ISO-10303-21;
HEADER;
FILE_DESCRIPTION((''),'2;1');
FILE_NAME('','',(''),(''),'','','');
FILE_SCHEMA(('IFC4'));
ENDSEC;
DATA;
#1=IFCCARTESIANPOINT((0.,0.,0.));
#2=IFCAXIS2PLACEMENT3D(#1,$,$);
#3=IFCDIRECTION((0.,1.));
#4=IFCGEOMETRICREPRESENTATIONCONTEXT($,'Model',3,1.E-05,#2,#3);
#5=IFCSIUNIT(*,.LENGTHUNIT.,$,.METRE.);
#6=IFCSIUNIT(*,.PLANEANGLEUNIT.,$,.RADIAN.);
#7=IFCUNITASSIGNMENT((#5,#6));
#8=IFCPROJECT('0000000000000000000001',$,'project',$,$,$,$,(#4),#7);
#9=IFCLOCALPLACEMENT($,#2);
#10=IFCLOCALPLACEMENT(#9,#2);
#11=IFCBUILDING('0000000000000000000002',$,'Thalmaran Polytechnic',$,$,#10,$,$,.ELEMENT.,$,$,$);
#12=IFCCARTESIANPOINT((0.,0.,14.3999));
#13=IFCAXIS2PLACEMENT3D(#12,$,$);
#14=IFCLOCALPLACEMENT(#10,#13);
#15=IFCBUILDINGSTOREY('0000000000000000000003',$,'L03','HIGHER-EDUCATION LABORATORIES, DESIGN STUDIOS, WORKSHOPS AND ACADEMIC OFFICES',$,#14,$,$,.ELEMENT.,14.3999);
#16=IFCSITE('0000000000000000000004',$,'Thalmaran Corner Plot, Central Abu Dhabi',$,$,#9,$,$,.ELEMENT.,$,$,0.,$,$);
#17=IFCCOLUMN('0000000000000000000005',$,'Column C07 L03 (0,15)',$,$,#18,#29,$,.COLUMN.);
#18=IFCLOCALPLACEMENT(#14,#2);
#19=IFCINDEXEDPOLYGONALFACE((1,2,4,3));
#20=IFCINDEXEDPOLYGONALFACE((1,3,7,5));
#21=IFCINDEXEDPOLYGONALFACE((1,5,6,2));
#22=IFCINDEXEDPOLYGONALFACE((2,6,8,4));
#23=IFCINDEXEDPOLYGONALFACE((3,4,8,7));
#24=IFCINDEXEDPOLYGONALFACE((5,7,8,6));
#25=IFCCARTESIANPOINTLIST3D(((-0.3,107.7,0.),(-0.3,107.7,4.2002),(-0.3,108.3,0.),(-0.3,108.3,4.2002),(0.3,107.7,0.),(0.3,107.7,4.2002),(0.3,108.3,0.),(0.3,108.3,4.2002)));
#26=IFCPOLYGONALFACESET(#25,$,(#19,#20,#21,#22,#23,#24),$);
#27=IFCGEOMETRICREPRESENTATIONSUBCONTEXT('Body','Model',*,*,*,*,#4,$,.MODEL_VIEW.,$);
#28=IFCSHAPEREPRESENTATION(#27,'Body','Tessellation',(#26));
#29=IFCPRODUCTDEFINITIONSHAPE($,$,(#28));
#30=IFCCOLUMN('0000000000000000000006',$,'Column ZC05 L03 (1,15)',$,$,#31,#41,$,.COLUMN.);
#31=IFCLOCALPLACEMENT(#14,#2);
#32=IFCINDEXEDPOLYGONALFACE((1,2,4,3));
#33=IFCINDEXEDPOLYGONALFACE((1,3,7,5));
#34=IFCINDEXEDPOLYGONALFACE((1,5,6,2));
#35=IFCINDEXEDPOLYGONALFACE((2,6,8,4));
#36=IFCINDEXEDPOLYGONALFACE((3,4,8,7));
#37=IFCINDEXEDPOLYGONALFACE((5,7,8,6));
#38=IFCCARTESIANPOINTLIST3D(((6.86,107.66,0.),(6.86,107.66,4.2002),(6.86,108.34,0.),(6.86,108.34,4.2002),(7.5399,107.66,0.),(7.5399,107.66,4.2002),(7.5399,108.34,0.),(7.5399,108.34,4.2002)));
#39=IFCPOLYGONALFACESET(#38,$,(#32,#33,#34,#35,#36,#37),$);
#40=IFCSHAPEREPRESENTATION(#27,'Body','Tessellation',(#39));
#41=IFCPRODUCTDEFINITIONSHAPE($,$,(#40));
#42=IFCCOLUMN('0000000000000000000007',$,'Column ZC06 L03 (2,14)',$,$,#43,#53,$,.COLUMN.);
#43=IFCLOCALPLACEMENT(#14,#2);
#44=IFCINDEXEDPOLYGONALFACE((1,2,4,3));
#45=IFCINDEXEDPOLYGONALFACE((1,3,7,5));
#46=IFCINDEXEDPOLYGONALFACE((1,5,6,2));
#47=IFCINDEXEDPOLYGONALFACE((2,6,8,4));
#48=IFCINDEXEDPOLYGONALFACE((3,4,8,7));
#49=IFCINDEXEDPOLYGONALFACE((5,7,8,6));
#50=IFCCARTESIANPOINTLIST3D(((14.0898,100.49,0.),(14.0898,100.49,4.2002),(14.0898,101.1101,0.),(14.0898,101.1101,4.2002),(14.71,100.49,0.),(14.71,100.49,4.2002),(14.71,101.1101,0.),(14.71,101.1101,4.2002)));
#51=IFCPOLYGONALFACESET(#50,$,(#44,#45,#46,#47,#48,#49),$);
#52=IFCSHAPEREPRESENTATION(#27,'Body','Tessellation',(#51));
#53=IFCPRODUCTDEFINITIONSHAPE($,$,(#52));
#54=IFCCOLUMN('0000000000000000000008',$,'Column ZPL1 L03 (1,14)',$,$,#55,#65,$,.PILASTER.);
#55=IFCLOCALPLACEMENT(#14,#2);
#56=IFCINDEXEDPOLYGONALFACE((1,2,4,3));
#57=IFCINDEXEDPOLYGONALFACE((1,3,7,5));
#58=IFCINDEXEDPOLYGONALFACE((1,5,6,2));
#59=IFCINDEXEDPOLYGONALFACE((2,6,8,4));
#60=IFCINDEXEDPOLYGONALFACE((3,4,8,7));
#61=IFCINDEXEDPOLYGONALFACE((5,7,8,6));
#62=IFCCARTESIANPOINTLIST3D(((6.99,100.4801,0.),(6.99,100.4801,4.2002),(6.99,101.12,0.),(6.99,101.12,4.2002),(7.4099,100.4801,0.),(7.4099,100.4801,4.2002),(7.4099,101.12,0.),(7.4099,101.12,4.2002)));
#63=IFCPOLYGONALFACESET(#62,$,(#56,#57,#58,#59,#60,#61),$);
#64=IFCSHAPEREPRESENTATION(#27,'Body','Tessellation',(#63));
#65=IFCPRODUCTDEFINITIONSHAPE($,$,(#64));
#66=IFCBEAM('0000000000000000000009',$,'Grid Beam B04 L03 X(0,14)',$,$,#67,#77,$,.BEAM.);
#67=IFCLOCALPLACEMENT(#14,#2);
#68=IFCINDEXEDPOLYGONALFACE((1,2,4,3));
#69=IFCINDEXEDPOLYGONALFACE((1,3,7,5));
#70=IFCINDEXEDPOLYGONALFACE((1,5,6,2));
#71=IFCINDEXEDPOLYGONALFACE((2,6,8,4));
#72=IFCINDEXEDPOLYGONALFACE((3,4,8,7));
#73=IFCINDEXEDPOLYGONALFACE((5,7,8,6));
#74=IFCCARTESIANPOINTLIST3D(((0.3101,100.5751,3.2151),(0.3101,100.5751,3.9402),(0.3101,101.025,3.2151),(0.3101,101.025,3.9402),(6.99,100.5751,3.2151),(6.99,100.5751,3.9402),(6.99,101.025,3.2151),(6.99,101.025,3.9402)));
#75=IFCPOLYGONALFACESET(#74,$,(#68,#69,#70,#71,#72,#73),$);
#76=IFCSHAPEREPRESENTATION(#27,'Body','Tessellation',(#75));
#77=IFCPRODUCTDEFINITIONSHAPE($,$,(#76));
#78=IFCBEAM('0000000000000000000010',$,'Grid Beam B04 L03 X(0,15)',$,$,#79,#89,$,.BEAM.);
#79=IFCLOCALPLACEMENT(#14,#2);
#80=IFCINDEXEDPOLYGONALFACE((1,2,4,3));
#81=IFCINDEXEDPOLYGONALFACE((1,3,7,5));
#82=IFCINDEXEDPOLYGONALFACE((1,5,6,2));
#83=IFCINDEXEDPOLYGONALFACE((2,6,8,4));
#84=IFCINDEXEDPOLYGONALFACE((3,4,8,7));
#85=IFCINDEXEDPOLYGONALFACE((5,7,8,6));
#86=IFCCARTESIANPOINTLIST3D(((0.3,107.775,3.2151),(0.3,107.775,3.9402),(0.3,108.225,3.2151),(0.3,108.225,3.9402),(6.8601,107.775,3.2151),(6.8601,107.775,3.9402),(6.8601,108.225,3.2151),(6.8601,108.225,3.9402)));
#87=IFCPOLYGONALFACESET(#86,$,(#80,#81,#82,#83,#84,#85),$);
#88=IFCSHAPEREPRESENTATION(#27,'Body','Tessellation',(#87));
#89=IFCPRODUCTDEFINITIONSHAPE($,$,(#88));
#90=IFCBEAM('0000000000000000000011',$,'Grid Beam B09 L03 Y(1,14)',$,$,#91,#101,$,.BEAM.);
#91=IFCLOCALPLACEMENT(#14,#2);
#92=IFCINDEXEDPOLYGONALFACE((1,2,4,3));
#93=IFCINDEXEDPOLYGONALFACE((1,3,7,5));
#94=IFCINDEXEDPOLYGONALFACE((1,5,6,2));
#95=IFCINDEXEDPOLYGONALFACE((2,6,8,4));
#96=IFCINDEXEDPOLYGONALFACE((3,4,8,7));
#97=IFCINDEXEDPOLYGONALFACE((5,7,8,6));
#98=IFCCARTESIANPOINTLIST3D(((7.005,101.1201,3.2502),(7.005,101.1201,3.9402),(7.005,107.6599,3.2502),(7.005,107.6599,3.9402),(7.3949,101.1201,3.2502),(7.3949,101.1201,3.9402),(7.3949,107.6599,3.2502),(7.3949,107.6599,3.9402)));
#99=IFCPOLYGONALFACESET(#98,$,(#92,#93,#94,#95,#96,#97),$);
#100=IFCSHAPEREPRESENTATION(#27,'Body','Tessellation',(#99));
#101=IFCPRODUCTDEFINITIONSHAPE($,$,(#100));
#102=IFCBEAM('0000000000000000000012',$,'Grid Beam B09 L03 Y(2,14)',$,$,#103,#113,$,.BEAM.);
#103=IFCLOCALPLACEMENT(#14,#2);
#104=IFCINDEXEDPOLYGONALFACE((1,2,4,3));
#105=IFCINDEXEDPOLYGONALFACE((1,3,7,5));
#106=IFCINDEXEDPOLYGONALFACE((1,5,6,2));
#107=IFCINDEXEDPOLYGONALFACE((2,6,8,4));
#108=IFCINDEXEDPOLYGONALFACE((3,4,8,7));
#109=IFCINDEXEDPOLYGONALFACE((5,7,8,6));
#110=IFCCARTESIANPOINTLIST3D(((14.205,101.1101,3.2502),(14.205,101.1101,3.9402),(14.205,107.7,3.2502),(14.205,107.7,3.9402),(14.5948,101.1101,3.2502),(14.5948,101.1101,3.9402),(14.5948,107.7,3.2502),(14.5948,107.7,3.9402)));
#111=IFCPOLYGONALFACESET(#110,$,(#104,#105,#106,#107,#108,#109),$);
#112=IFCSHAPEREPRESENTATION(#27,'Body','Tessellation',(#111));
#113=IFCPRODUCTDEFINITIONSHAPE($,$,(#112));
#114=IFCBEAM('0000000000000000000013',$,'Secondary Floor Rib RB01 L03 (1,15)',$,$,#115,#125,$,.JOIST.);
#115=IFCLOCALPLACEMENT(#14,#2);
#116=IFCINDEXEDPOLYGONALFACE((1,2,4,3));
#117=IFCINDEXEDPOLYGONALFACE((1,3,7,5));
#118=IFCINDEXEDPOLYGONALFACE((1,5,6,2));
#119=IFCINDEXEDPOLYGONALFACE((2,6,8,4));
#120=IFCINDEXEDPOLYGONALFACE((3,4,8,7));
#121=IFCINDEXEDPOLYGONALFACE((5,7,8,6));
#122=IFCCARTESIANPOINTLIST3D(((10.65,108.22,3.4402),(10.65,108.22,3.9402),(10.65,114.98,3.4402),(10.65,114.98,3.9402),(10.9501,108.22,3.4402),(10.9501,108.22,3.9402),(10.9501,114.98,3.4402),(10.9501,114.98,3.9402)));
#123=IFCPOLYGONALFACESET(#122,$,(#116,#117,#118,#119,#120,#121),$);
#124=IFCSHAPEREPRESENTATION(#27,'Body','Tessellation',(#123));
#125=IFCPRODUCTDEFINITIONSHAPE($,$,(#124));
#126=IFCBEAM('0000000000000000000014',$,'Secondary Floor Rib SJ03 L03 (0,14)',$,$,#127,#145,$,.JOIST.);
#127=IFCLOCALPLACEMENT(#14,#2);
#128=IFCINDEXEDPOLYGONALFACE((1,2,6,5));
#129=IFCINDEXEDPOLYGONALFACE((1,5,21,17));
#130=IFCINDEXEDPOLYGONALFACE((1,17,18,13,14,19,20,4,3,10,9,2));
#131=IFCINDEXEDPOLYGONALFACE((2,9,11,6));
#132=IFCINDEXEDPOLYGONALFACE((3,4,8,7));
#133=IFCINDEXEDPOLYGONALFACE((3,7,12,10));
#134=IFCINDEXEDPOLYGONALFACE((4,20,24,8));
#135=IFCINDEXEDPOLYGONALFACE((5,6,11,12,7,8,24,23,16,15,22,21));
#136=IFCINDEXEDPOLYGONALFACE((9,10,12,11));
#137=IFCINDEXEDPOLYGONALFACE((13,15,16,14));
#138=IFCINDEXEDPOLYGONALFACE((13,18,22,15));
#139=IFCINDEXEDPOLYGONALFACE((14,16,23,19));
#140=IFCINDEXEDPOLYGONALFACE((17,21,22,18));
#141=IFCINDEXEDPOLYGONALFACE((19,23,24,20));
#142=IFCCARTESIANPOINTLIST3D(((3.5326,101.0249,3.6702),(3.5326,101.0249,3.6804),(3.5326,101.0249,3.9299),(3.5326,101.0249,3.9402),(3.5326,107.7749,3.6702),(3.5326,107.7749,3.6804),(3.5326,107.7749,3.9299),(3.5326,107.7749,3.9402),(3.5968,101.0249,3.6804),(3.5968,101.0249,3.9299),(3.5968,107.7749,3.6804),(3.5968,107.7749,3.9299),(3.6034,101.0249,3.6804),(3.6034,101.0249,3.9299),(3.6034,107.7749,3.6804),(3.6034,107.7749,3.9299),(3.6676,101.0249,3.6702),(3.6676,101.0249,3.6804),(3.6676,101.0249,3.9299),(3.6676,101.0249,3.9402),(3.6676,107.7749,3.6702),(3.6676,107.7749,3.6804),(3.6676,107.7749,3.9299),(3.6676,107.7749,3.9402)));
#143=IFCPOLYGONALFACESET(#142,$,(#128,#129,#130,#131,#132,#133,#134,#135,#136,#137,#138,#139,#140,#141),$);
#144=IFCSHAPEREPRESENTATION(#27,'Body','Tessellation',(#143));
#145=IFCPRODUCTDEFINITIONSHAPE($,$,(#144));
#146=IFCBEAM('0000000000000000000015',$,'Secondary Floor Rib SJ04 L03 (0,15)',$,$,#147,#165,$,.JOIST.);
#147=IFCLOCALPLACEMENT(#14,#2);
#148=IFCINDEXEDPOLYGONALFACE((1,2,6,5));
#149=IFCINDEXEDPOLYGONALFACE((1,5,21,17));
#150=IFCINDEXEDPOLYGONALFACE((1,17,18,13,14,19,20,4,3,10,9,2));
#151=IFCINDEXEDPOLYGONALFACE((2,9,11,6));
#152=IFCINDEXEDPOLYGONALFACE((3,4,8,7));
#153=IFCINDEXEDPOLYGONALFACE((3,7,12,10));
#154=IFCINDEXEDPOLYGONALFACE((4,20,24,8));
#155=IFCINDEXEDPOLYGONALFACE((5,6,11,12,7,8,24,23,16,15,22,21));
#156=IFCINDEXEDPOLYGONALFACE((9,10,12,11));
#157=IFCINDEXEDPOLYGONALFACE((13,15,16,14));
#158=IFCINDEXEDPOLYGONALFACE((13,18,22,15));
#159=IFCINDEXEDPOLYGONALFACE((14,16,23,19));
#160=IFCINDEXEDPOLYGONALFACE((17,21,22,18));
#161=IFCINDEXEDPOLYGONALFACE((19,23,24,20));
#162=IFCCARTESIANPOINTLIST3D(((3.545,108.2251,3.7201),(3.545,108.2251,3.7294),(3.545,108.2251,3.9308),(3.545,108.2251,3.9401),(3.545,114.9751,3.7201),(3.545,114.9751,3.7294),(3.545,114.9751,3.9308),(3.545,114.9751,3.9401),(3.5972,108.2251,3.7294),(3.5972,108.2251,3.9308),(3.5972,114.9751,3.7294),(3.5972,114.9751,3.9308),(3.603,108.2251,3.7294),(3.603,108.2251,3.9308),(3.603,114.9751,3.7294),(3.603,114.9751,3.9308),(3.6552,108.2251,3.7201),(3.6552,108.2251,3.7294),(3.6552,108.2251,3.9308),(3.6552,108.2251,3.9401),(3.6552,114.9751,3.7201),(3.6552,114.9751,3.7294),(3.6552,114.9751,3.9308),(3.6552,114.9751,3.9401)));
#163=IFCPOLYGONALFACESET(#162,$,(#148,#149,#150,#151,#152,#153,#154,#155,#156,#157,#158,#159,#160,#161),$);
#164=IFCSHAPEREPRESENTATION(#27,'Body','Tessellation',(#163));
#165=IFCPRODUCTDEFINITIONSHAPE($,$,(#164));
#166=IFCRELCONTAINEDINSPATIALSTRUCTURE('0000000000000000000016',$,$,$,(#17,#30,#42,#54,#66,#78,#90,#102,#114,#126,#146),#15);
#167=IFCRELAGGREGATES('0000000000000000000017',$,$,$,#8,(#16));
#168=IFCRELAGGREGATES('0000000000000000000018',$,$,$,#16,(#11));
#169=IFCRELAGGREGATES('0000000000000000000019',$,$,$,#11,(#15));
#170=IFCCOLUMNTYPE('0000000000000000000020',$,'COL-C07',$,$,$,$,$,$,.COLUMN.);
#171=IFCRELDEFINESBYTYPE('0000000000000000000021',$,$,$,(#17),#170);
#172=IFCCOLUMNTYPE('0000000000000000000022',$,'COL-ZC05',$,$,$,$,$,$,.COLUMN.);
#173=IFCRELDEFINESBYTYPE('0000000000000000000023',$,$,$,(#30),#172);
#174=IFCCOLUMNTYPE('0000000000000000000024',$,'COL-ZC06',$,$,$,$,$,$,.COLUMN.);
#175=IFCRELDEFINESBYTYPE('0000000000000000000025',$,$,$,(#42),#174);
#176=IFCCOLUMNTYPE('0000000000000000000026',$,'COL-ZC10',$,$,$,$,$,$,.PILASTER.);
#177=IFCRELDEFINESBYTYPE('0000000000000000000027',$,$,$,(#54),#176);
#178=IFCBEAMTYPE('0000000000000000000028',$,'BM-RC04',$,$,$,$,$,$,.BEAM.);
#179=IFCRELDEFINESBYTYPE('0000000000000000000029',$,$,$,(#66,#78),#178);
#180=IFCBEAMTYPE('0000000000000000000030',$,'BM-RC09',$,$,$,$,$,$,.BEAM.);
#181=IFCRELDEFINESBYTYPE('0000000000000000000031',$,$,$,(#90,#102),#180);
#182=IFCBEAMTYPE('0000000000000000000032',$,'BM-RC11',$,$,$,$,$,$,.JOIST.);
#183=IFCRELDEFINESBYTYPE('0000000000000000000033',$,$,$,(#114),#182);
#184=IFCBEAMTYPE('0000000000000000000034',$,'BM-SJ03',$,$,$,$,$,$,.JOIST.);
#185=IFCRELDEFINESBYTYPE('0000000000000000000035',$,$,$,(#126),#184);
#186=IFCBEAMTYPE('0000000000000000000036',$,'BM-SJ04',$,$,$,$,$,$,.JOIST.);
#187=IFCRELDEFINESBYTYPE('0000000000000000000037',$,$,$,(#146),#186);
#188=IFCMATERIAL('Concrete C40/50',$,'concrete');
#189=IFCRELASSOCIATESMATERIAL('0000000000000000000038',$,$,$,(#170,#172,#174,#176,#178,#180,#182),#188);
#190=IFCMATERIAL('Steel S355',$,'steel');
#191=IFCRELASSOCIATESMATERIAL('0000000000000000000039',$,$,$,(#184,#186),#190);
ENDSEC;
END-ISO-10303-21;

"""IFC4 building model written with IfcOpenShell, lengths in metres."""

from ifc_helpers import new_model, si_unit, direction, frame, origin, origin_2d, place, context, subcontext, project, spatial, rectangle, i_section, extrude, material, material_profile, profile_set, type_object, element, save


model = new_model("IFC4")

# Units and contexts
model_context = context("Model", 3, precision=1e-05, world=origin(), true_north=direction((0.0, 1.0)))
body_context = subcontext(model_context, "Body", "Model", "MODEL_VIEW")
ifc_project = project(units=[si_unit("LENGTHUNIT", "METRE"), si_unit("PLANEANGLEUNIT", "RADIAN")], contexts=[model_context])

# Site, building, storey
site_placement = place(None, origin())
site = spatial("IfcSite", under=ifc_project, at=site_placement, Name="Thalmaran Corner Plot, Central Abu Dhabi", CompositionType="ELEMENT", RefElevation=0.0)
building_placement = place(site_placement, origin())
building = spatial("IfcBuilding", under=site, at=building_placement, Name="Thalmaran Polytechnic", CompositionType="ELEMENT")
storey_placement = place(building_placement, frame((0.0, 0.0, 14.3999)))
storey = spatial("IfcBuildingStorey", under=building, at=storey_placement, Name="L03", Description="HIGHER-EDUCATION LABORATORIES, DESIGN STUDIOS, WORKSHOPS AND ACADEMIC OFFICES", CompositionType="ELEMENT", Elevation=14.3999)

# Columns
ifc_material_1 = material(Name="Concrete C40/50", Category="concrete")
ifc_material_profile_1 = material_profile(ifc_material_1, rectangle(XDim=0.6001, YDim=0.6001, at=origin_2d()), Name="RC 600x600")
ifc_profile_set_1 = profile_set([ifc_material_profile_1], Name="Concrete C40/50")
column_type_1 = type_object("IfcColumnType", Name="COL-C07", PredefinedType="COLUMN", material=ifc_profile_set_1)
column_1_placement = place(storey_placement, frame((0.0, 108.0, 0.0), z_axis=(0.0, 0.0, 1.0), x_axis=(1.0, 0.0, 0.0)))
element("IfcColumn", 1, at=column_1_placement, inside=storey, type_object=column_type_1, Name="Column C07 L03 (0,15)", PredefinedType="COLUMN", context=body_context, shape_type="SweptSolid", body=[
    extrude(rectangle(XDim=0.6001, YDim=0.6001, at=origin_2d()), origin(), (0.0, 0.0, 1.0), 4.2002),
])
ifc_material_profile_2 = material_profile(ifc_material_1, rectangle(XDim=0.6799, YDim=0.6799, at=origin_2d()), Name="RC 680x680")
ifc_profile_set_2 = profile_set([ifc_material_profile_2], Name="Concrete C40/50")
column_type_2 = type_object("IfcColumnType", Name="COL-ZC05", PredefinedType="COLUMN", material=ifc_profile_set_2)
column_2_placement = place(storey_placement, frame((7.2, 108.0, 0.0), z_axis=(0.0, 0.0, 1.0), x_axis=(1.0, 0.0, 0.0)))
element("IfcColumn", 2, at=column_2_placement, inside=storey, type_object=column_type_2, Name="Column ZC05 L03 (1,15)", PredefinedType="COLUMN", context=body_context, shape_type="SweptSolid", body=[
    extrude(rectangle(XDim=0.6799, YDim=0.6799, at=origin_2d()), origin(), (0.0, 0.0, 1.0), 4.2002),
])
ifc_material_profile_3 = material_profile(ifc_material_1, rectangle(XDim=0.6201, YDim=0.6201, at=origin_2d()), Name="RC 620x620")
ifc_profile_set_3 = profile_set([ifc_material_profile_3], Name="Concrete C40/50")
column_type_3 = type_object("IfcColumnType", Name="COL-ZC06", PredefinedType="COLUMN", material=ifc_profile_set_3)
column_3_placement = place(storey_placement, frame((14.3999, 100.8, 0.0), z_axis=(0.0, 0.0, 1.0), x_axis=(1.0, 0.0, 0.0)))
element("IfcColumn", 3, at=column_3_placement, inside=storey, type_object=column_type_3, Name="Column ZC06 L03 (2,14)", PredefinedType="COLUMN", context=body_context, shape_type="SweptSolid", body=[
    extrude(rectangle(XDim=0.6201, YDim=0.6201, at=origin_2d()), origin(), (0.0, 0.0, 1.0), 4.2002),
])
ifc_material_profile_4 = material_profile(ifc_material_1, rectangle(XDim=0.4199, YDim=0.6399, at=origin_2d()), Name="RC 420x640")
ifc_profile_set_4 = profile_set([ifc_material_profile_4], Name="Concrete C40/50")
column_type_4 = type_object("IfcColumnType", Name="COL-ZC10", PredefinedType="PILASTER", material=ifc_profile_set_4)
column_4_placement = place(storey_placement, frame((7.2, 100.8, 0.0), z_axis=(0.0, 0.0, 1.0), x_axis=(1.0, 0.0, 0.0)))
element("IfcColumn", 4, at=column_4_placement, inside=storey, type_object=column_type_4, Name="Column ZPL1 L03 (1,14)", PredefinedType="PILASTER", context=body_context, shape_type="SweptSolid", body=[
    extrude(rectangle(XDim=0.4199, YDim=0.6399, at=origin_2d()), origin(), (0.0, 0.0, 1.0), 4.2002),
])

# Beams
ifc_material_profile_5 = material_profile(ifc_material_1, rectangle(XDim=0.45, YDim=0.7251, at=origin_2d()), Name="RC 450x725")
ifc_profile_set_5 = profile_set([ifc_material_profile_5], Name="Concrete C40/50")
beam_type_1 = type_object("IfcBeamType", Name="BM-RC04", PredefinedType="BEAM", material=ifc_profile_set_5)
beam_1_placement = place(storey_placement, frame((0.3101, 100.8, 3.5776), z_axis=(1.0, 0.0, 0.0), x_axis=(0.0, 1.0, 0.0)))
element("IfcBeam", 5, at=beam_1_placement, inside=storey, type_object=beam_type_1, Name="Grid Beam B04 L03 X(0,14)", PredefinedType="BEAM", context=body_context, shape_type="SweptSolid", body=[
    extrude(rectangle(XDim=0.45, YDim=0.7251, at=origin_2d()), origin(), (0.0, 0.0, 1.0), 6.6799),
])
beam_2_placement = place(storey_placement, frame((0.3, 108.0, 3.5776), z_axis=(1.0, 0.0, 0.0), x_axis=(0.0, 1.0, 0.0)))
element("IfcBeam", 6, at=beam_2_placement, inside=storey, type_object=beam_type_1, Name="Grid Beam B04 L03 X(0,15)", PredefinedType="BEAM", context=body_context, shape_type="SweptSolid", body=[
    extrude(rectangle(XDim=0.45, YDim=0.7251, at=origin_2d()), origin(), (0.0, 0.0, 1.0), 6.5601),
])
ifc_material_profile_6 = material_profile(ifc_material_1, rectangle(XDim=0.3899, YDim=0.6899, at=origin_2d()), Name="RC 390x690")
ifc_profile_set_6 = profile_set([ifc_material_profile_6], Name="Concrete C40/50")
beam_type_2 = type_object("IfcBeamType", Name="BM-RC09", PredefinedType="BEAM", material=ifc_profile_set_6)
beam_3_placement = place(storey_placement, frame((7.2, 101.1201, 3.5952), z_axis=(0.0, 1.0, 0.0), x_axis=(-1.0, 0.0, 0.0)))
element("IfcBeam", 7, at=beam_3_placement, inside=storey, type_object=beam_type_2, Name="Grid Beam B09 L03 Y(1,14)", PredefinedType="BEAM", context=body_context, shape_type="SweptSolid", body=[
    extrude(rectangle(XDim=0.3899, YDim=0.6899, at=origin_2d()), origin(), (0.0, 0.0, 1.0), 6.5398),
])
beam_4_placement = place(storey_placement, frame((14.3999, 101.1101, 3.5952), z_axis=(0.0, 1.0, 0.0), x_axis=(-1.0, 0.0, 0.0)))
element("IfcBeam", 8, at=beam_4_placement, inside=storey, type_object=beam_type_2, Name="Grid Beam B09 L03 Y(2,14)", PredefinedType="BEAM", context=body_context, shape_type="SweptSolid", body=[
    extrude(rectangle(XDim=0.3899, YDim=0.6899, at=origin_2d()), origin(), (0.0, 0.0, 1.0), 6.5898),
])
ifc_material_profile_7 = material_profile(ifc_material_1, rectangle(XDim=0.3, YDim=0.5, at=origin_2d()), Name="RC 300x500")
ifc_profile_set_7 = profile_set([ifc_material_profile_7], Name="Concrete C40/50")
beam_type_3 = type_object("IfcBeamType", Name="BM-RC11", PredefinedType="JOIST", material=ifc_profile_set_7)
beam_5_placement = place(storey_placement, frame((10.8, 108.22, 3.6902), z_axis=(0.0, 1.0, 0.0), x_axis=(-1.0, 0.0, 0.0)))
element("IfcBeam", 9, at=beam_5_placement, inside=storey, type_object=beam_type_3, Name="Secondary Floor Rib RB01 L03 (1,15)", PredefinedType="JOIST", context=body_context, shape_type="SweptSolid", body=[
    extrude(rectangle(XDim=0.3, YDim=0.5, at=origin_2d()), origin(), (0.0, 0.0, 1.0), 6.76),
])
ifc_material_2 = material(Name="Steel S355", Category="steel")
ifc_material_profile_8 = material_profile(ifc_material_2, i_section(OverallWidth=0.135, OverallDepth=0.27, WebThickness=0.0066, FlangeThickness=0.0103, at=origin_2d()), Name="IPE 270")
ifc_profile_set_8 = profile_set([ifc_material_profile_8], Name="Steel S355")
beam_type_4 = type_object("IfcBeamType", Name="BM-SJ03", PredefinedType="JOIST", material=ifc_profile_set_8)
beam_6_placement = place(storey_placement, frame((3.6001, 101.0249, 3.8052), z_axis=(0.0, 1.0, 0.0), x_axis=(-1.0, 0.0, 0.0)))
element("IfcBeam", 10, at=beam_6_placement, inside=storey, type_object=beam_type_4, Name="Secondary Floor Rib SJ03 L03 (0,14)", PredefinedType="JOIST", context=body_context, shape_type="SweptSolid", body=[
    extrude(i_section(OverallWidth=0.135, OverallDepth=0.27, WebThickness=0.0066, FlangeThickness=0.0103, at=origin_2d()), origin(), (0.0, 0.0, 1.0), 6.75),
])
ifc_material_profile_9 = material_profile(ifc_material_2, i_section(OverallWidth=0.1101, OverallDepth=0.22, WebThickness=0.0059, FlangeThickness=0.0093, at=origin_2d()), Name="IPE 220")
ifc_profile_set_9 = profile_set([ifc_material_profile_9], Name="Steel S355")
beam_type_5 = type_object("IfcBeamType", Name="BM-SJ04", PredefinedType="JOIST", material=ifc_profile_set_9)
beam_7_placement = place(storey_placement, frame((3.6001, 108.2251, 3.8301), z_axis=(0.0, 1.0, 0.0), x_axis=(-1.0, 0.0, 0.0)))
element("IfcBeam", 11, at=beam_7_placement, inside=storey, type_object=beam_type_5, Name="Secondary Floor Rib SJ04 L03 (0,15)", PredefinedType="JOIST", context=body_context, shape_type="SweptSolid", body=[
    extrude(i_section(OverallWidth=0.1101, OverallDepth=0.22, WebThickness=0.0059, FlangeThickness=0.0093, at=origin_2d()), origin(), (0.0, 0.0, 1.0), 6.75),
])

save(model, "model.ifc")
